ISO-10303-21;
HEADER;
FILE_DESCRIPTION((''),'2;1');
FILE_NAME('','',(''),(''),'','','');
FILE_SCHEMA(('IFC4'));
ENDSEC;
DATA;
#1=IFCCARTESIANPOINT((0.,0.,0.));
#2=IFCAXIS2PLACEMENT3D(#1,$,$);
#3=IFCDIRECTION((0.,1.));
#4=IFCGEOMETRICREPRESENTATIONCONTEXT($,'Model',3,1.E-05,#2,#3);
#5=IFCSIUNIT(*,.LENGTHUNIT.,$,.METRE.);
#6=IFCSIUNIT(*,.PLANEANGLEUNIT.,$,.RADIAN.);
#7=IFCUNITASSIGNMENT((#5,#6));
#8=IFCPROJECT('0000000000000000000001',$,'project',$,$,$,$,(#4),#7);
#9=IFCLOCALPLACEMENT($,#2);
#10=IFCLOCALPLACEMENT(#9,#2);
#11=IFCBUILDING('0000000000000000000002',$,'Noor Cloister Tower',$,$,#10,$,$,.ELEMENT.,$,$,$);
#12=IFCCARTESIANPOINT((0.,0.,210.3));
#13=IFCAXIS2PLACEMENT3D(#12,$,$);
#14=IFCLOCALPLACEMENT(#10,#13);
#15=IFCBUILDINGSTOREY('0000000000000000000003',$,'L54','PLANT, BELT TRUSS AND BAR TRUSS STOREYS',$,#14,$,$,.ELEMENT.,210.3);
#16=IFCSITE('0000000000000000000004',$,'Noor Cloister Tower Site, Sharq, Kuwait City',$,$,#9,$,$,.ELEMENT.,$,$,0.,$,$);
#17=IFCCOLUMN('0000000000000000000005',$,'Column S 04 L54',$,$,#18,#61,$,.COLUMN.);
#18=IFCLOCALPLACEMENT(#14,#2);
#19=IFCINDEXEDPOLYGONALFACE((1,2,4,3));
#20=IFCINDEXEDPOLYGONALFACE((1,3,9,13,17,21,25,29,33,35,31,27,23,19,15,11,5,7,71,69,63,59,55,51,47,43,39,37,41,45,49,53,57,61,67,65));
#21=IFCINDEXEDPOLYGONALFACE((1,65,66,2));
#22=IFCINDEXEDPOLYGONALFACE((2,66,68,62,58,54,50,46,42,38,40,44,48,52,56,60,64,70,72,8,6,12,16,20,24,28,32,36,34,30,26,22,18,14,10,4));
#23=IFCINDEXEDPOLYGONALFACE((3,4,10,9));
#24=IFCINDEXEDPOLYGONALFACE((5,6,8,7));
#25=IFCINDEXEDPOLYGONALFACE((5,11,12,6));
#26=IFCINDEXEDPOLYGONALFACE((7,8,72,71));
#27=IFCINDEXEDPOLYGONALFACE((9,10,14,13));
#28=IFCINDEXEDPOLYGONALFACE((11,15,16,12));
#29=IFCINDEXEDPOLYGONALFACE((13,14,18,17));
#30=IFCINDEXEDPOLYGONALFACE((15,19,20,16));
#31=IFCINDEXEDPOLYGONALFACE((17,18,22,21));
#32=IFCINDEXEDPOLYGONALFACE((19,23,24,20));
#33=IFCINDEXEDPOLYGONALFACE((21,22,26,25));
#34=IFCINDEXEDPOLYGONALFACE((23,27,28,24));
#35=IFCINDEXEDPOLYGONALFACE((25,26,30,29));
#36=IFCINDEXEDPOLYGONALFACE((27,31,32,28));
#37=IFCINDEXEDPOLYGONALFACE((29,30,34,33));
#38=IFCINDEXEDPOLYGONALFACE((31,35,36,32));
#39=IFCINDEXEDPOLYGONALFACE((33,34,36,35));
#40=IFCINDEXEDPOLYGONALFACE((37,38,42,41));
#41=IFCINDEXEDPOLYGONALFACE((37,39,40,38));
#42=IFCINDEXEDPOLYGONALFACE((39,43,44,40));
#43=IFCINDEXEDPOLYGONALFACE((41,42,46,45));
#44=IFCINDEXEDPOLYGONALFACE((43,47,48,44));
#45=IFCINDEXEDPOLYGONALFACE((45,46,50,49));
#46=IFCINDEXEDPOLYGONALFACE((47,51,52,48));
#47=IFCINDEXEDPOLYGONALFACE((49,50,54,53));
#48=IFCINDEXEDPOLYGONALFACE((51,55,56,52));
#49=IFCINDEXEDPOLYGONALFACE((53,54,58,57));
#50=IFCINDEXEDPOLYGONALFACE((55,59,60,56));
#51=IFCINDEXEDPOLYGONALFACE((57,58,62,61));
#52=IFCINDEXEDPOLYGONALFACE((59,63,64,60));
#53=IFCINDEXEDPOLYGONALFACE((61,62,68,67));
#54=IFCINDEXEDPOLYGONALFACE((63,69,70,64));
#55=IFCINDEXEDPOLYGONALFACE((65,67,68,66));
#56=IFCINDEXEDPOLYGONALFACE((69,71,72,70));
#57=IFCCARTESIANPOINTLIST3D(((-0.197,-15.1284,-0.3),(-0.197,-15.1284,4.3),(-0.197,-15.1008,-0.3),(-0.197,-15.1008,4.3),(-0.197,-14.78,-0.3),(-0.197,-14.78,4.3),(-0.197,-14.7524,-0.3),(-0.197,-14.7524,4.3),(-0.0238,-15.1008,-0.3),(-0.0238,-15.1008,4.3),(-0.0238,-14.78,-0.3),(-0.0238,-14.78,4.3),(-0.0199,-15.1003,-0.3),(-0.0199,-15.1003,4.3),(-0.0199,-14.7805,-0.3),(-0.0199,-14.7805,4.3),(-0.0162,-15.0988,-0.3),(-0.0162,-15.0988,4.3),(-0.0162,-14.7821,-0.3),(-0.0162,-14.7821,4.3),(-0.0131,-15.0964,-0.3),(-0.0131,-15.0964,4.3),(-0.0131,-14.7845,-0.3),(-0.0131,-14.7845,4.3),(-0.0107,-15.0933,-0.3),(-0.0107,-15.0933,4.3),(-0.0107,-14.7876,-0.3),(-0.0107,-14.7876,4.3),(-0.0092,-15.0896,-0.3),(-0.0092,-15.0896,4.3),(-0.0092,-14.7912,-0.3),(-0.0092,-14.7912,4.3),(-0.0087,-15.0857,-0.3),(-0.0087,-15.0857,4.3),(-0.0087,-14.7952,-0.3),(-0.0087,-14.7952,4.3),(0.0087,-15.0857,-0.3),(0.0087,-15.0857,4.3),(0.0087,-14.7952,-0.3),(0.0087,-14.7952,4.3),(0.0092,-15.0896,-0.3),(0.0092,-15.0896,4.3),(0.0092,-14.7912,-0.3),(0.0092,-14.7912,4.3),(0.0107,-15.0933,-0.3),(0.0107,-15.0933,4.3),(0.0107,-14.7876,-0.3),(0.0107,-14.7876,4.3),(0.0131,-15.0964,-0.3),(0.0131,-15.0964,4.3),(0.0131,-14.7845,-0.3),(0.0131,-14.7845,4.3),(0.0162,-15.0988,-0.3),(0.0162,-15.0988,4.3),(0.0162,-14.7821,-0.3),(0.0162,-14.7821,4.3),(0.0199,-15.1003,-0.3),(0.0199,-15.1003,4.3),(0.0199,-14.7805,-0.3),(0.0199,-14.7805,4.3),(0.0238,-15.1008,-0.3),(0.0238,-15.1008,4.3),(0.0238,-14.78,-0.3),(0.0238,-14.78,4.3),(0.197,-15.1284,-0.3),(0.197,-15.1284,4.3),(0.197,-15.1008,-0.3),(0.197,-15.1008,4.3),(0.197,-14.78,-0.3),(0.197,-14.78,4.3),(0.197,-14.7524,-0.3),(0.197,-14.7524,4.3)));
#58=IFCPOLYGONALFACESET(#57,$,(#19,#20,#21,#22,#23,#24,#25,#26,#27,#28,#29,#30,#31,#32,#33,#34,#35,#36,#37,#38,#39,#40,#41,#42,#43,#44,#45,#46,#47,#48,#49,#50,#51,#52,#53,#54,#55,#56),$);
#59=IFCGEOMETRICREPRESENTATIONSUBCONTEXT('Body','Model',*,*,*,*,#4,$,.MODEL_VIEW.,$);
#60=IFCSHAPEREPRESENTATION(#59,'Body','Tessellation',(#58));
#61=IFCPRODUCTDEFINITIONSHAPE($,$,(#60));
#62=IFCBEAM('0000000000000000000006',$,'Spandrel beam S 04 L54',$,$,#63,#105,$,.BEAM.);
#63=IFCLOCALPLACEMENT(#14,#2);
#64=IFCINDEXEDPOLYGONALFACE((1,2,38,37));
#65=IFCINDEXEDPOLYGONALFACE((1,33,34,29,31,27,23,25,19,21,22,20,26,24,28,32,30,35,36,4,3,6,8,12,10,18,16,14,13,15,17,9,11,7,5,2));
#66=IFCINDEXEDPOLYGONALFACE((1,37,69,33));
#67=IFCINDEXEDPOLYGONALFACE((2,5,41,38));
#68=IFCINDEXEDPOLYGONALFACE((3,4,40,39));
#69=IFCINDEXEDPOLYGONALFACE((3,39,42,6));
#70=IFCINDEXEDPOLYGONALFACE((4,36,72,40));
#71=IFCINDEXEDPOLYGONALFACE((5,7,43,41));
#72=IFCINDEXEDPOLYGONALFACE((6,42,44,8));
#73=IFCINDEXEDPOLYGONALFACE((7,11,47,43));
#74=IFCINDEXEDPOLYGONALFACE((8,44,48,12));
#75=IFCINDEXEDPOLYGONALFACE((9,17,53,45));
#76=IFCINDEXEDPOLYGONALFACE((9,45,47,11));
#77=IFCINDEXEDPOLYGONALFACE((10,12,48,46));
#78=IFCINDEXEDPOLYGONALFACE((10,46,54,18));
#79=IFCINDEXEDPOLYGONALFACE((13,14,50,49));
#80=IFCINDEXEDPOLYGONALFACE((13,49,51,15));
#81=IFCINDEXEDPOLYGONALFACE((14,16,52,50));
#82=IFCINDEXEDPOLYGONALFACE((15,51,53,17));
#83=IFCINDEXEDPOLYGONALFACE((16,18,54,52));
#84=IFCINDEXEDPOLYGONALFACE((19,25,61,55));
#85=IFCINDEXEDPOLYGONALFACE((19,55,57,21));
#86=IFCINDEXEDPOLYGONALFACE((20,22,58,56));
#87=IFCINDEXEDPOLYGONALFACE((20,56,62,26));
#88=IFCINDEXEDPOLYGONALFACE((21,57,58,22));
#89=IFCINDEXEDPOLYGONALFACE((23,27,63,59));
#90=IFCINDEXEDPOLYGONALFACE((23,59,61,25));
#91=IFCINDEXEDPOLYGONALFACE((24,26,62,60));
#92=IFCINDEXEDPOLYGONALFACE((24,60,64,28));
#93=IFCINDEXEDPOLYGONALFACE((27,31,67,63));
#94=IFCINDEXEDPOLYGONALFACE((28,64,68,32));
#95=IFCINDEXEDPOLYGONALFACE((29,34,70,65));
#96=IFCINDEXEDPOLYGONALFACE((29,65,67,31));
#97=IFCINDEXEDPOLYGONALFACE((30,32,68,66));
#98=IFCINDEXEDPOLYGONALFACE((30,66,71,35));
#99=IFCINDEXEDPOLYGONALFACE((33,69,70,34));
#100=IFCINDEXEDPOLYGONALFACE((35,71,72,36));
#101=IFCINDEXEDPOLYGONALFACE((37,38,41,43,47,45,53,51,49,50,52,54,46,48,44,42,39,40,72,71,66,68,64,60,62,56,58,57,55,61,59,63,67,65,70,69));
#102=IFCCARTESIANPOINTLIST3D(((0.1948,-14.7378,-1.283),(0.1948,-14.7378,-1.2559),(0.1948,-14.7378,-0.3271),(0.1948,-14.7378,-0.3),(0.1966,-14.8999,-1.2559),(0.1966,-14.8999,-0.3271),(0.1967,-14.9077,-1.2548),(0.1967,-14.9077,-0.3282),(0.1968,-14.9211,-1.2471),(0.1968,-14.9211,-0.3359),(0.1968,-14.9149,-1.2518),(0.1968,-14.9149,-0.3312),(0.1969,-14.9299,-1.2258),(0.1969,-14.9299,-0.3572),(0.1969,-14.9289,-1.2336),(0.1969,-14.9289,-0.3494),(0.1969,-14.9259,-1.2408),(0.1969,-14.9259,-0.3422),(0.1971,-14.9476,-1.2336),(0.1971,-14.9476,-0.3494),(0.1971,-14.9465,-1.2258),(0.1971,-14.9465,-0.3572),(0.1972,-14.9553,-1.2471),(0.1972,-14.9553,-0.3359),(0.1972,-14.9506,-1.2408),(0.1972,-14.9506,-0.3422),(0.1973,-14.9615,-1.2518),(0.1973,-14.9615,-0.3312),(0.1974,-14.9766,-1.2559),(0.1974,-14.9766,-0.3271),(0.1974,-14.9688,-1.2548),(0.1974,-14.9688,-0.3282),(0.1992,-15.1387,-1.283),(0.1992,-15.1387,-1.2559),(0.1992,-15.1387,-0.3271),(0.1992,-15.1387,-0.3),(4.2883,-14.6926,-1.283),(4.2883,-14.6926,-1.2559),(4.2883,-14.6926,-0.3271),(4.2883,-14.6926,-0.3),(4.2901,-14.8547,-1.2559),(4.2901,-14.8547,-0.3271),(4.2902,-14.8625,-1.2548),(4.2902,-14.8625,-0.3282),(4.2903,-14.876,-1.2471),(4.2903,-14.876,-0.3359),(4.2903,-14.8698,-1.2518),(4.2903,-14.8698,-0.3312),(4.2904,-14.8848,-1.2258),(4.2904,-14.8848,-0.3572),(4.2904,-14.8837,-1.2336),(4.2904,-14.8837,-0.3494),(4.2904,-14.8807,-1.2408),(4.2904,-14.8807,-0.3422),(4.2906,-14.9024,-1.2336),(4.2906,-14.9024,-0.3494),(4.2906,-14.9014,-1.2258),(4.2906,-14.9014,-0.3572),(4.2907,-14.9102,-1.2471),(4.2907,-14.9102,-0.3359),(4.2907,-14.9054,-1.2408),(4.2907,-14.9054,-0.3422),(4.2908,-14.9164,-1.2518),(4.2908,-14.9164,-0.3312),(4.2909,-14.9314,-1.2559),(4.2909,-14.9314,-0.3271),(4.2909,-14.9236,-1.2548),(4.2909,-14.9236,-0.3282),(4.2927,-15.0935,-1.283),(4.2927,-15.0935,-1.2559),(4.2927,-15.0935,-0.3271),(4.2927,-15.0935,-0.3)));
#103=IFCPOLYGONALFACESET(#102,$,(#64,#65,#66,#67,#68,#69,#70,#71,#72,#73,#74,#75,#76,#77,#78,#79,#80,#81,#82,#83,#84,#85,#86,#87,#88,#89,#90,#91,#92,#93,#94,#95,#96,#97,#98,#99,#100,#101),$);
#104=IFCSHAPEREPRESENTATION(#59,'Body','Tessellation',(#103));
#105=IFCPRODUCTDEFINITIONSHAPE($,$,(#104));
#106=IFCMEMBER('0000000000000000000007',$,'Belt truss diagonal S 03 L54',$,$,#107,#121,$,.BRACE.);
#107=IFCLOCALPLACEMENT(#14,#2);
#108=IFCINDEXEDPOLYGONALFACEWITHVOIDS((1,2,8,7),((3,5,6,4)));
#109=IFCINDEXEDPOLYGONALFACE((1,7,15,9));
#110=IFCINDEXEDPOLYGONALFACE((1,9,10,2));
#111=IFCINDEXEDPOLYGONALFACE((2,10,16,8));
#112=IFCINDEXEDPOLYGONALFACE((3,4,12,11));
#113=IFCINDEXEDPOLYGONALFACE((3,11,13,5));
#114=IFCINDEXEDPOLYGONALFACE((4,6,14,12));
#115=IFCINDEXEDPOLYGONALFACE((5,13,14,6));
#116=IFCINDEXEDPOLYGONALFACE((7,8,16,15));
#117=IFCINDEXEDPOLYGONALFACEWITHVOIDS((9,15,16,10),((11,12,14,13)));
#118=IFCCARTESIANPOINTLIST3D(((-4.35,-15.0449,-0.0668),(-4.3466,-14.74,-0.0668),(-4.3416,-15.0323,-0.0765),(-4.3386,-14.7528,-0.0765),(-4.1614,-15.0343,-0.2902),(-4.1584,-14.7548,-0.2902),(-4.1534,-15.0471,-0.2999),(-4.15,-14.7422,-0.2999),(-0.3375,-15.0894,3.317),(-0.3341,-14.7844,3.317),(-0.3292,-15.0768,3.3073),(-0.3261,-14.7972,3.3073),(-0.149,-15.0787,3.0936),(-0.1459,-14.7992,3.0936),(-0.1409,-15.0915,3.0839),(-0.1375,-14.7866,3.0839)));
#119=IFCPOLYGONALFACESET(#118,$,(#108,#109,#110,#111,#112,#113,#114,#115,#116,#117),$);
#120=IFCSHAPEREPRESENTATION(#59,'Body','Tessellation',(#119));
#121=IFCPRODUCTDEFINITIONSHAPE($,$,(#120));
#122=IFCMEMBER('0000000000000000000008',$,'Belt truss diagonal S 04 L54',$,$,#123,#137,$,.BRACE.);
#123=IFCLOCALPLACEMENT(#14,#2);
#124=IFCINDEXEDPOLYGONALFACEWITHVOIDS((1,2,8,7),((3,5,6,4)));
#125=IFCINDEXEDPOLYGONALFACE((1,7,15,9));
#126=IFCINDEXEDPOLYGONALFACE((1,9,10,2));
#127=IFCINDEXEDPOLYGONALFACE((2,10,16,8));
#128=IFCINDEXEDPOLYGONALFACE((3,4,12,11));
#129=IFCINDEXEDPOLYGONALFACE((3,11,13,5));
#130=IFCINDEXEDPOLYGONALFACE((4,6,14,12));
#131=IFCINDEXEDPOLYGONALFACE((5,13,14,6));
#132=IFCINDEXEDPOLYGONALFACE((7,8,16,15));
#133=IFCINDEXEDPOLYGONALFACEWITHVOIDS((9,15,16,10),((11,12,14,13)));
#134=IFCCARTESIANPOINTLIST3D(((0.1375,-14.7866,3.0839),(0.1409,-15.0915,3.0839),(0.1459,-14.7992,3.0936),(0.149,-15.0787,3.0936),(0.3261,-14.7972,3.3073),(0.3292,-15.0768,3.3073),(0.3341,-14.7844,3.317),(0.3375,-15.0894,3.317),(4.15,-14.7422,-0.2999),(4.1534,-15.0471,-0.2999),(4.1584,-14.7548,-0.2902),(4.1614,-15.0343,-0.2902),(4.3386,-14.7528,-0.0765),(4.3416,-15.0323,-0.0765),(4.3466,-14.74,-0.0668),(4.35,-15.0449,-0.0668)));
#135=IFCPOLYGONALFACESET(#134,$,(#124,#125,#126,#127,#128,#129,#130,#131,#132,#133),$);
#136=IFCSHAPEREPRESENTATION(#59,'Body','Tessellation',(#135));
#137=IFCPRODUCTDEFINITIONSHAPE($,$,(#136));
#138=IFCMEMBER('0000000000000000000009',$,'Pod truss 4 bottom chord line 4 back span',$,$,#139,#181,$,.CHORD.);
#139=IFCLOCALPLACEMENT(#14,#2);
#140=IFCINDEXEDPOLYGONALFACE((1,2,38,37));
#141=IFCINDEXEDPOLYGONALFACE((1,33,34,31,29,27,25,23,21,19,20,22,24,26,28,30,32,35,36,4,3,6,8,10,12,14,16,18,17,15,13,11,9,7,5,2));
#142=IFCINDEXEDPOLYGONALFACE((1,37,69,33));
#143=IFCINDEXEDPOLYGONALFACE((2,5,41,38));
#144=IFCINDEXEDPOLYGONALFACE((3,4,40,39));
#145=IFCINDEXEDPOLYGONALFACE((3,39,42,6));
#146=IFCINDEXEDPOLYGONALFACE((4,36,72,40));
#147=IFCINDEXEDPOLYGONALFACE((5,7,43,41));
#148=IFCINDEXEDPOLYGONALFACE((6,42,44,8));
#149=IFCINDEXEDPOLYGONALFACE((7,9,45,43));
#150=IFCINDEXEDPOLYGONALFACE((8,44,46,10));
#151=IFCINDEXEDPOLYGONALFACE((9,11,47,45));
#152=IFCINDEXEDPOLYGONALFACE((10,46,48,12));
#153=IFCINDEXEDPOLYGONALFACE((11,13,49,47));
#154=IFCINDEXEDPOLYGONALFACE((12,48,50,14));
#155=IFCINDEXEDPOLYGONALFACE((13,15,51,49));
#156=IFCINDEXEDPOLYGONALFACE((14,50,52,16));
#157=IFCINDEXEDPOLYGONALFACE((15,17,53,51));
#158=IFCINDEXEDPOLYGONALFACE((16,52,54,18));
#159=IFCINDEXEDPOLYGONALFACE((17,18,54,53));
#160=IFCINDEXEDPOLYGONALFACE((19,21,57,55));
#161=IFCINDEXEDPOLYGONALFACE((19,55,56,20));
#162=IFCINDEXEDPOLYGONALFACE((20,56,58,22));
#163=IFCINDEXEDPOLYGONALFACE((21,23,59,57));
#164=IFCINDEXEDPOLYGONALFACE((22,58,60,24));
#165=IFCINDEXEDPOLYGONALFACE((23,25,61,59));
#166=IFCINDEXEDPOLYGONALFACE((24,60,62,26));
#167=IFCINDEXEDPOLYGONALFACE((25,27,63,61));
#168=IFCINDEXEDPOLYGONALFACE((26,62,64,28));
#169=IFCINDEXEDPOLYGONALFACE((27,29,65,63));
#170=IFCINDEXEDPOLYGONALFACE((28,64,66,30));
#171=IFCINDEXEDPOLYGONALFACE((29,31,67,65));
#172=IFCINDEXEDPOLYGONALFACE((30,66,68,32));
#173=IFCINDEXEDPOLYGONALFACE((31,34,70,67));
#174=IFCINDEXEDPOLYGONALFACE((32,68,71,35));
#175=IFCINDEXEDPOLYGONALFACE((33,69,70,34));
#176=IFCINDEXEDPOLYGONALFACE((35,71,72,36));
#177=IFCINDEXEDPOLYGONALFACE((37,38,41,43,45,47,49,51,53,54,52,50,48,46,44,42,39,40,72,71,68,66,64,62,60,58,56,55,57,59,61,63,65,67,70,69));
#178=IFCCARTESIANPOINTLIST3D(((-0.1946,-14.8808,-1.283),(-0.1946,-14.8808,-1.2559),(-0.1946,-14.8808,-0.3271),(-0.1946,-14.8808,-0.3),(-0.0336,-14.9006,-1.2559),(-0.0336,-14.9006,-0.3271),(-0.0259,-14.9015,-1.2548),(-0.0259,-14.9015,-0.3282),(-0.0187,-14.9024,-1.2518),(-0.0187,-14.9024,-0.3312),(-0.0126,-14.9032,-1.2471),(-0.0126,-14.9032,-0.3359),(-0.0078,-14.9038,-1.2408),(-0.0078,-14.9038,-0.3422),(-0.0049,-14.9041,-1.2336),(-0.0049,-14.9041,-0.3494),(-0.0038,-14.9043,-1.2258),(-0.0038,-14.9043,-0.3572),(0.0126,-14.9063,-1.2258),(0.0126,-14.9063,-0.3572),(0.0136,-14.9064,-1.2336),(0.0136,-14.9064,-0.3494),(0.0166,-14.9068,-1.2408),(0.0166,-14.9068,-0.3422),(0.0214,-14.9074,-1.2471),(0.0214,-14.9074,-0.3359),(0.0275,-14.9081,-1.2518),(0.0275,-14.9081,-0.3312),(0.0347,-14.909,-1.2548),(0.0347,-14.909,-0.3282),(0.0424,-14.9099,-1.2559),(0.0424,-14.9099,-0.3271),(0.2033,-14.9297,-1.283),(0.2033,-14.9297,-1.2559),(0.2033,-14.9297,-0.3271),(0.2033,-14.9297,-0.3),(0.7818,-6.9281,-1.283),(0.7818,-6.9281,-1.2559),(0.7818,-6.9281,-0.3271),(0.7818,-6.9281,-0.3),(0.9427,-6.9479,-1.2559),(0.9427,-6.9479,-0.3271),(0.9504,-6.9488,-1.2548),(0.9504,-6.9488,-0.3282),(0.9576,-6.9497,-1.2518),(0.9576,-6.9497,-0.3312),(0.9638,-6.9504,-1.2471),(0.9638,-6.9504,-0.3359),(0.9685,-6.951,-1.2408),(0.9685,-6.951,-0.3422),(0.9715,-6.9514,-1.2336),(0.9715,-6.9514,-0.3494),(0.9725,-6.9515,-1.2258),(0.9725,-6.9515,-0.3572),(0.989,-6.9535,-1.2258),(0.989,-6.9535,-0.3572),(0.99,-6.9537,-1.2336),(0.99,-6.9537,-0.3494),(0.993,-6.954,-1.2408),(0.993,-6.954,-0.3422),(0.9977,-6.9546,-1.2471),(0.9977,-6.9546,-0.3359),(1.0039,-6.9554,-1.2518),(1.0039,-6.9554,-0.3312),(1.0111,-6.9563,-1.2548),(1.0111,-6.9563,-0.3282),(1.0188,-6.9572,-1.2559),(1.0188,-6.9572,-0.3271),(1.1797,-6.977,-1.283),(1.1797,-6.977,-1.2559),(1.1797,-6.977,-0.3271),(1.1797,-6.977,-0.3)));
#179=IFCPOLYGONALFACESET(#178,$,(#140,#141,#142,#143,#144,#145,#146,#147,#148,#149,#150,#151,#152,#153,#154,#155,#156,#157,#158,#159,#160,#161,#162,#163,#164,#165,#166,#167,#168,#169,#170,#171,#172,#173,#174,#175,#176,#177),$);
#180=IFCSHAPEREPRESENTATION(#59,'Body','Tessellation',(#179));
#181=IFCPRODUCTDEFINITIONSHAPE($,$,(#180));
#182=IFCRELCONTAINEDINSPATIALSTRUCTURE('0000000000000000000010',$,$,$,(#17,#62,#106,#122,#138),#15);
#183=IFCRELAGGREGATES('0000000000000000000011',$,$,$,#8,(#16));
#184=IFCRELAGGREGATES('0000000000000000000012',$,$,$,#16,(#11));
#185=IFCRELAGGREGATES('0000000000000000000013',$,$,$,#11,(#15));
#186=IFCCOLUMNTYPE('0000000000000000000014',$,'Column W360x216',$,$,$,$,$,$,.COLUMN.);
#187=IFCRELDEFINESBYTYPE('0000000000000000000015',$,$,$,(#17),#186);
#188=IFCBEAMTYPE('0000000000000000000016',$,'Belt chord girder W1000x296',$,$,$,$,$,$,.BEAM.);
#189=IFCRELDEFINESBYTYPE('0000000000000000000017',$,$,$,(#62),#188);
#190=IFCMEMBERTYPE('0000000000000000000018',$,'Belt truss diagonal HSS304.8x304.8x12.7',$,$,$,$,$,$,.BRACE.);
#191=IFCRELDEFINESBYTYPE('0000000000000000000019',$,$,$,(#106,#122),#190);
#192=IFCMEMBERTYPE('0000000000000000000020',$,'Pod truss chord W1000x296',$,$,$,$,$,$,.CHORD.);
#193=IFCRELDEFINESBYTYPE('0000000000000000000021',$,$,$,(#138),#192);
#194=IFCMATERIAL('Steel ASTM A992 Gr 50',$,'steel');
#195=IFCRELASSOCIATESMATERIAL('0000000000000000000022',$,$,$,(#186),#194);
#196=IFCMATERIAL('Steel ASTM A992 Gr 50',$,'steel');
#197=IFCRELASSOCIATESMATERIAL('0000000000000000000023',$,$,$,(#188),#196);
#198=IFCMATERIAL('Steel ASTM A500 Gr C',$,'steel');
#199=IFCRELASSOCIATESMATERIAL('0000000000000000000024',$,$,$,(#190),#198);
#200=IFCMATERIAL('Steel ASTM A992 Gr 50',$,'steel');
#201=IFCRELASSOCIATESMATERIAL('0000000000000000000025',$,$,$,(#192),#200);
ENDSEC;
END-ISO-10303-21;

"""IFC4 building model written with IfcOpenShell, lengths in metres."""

from ifc_helpers import new_model, si_unit, direction, frame, origin, origin_2d, place, context, subcontext, project, spatial, hollow_rectangle, i_section, extrude, material, material_profile, profile_set, type_object, element, save


model = new_model("IFC4")

# Units and contexts
model_context = context("Model", 3, precision=1e-05, world=origin(), true_north=direction((0.0, 1.0)))
body_context = subcontext(model_context, "Body", "Model", "MODEL_VIEW")
ifc_project = project(units=[si_unit("LENGTHUNIT", "METRE"), si_unit("PLANEANGLEUNIT", "RADIAN")], contexts=[model_context])

# Site, building, storey
site_placement = place(None, origin())
site = spatial("IfcSite", under=ifc_project, at=site_placement, Name="Noor Cloister Tower Site, Sharq, Kuwait City", CompositionType="ELEMENT", RefElevation=0.0)
building_placement = place(site_placement, origin())
building = spatial("IfcBuilding", under=site, at=building_placement, Name="Noor Cloister Tower", CompositionType="ELEMENT")
storey_placement = place(building_placement, frame((0.0, 0.0, 210.3)))
storey = spatial("IfcBuildingStorey", under=building, at=storey_placement, Name="L54", Description="PLANT, BELT TRUSS AND BAR TRUSS STOREYS", CompositionType="ELEMENT", Elevation=210.3)

# Column
ifc_material_1 = material(Name="Steel ASTM A992 Gr 50", Category="steel")
ifc_material_profile_1 = material_profile(ifc_material_1, i_section(OverallWidth=0.394, OverallDepth=0.376, WebThickness=0.0173, FlangeThickness=0.0276, FilletRadius=0.0151, at=origin_2d()), Name="W360x216")
ifc_profile_set_1 = profile_set([ifc_material_profile_1], Name="Steel ASTM A992 Gr 50")
column_type = type_object("IfcColumnType", Name="Column W360x216", PredefinedType="COLUMN", material=ifc_profile_set_1)
column_placement = place(storey_placement, frame((0.0, -14.9404, -0.3), z_axis=(0.0, 0.0, 1.0), x_axis=(1.0, 0.0, 0.0)))
element("IfcColumn", 1, at=column_placement, inside=storey, type_object=column_type, Name="Column S 04 L54", PredefinedType="COLUMN", context=body_context, shape_type="SweptSolid", body=[
    extrude(i_section(OverallWidth=0.394, OverallDepth=0.376, WebThickness=0.0173, FlangeThickness=0.0276, FilletRadius=0.0151, at=origin_2d()), origin(), (0.0, 0.0, 1.0), 4.6001),
])

# Beam
ifc_material_2 = material(Name="Steel ASTM A992 Gr 50", Category="steel")
ifc_material_profile_2 = material_profile(ifc_material_2, i_section(OverallWidth=0.4009, OverallDepth=0.9829, WebThickness=0.0166, FlangeThickness=0.0271, FilletRadius=0.03, at=origin_2d()), Name="W1000x296")
ifc_profile_set_2 = profile_set([ifc_material_profile_2], Name="Steel ASTM A992 Gr 50")
beam_type = type_object("IfcBeamType", Name="Belt chord girder W1000x296", PredefinedType="BEAM", material=ifc_profile_set_2)
beam_placement = place(storey_placement, frame((0.197, -14.9382, -0.7915), z_axis=(0.999939, 0.011033, 0.0), x_axis=(-0.011033, 0.999939, 0.0)))
element("IfcBeam", 2, at=beam_placement, inside=storey, type_object=beam_type, Name="Spandrel beam S 04 L54", PredefinedType="BEAM", context=body_context, shape_type="SweptSolid", body=[
    extrude(i_section(OverallWidth=0.4009, OverallDepth=0.9829, WebThickness=0.0166, FlangeThickness=0.0271, FilletRadius=0.03, at=origin_2d()), origin(), (0.0, 0.0, 1.0), 4.0938),
])

# Members
ifc_material_3 = material(Name="Steel ASTM A500 Gr C", Category="steel")
ifc_material_profile_3 = material_profile(ifc_material_3, hollow_rectangle(XDim=0.3049, YDim=0.3049, WallThickness=0.0127, at=origin_2d()), Name="HSS304.8x304.8x12.7")
ifc_profile_set_3 = profile_set([ifc_material_profile_3], Name="Steel ASTM A500 Gr C")
member_type_1 = type_object("IfcMemberType", Name="Belt truss diagonal HSS304.8x304.8x12.7", PredefinedType="BRACE", material=ifc_profile_set_3)
for number, where, z_axis, x_axis, name in (
    (3, (-4.25, -14.8936, -0.1833), (0.764425, -0.008465, 0.644657), (0.011073, 0.999939, 0.0), "Belt truss diagonal S 03 L54"),
    (4, (4.25, -14.8936, -0.1833), (-0.764425, -0.008465, 0.644657), (0.011073, -0.999939, 0.0), "Belt truss diagonal S 04 L54"),
):
    element("IfcMember", number, at=place(storey_placement, frame(where, z_axis=z_axis, x_axis=x_axis)), inside=storey, type_object=member_type_1, Name=name, PredefinedType="BRACE", context=body_context, shape_type="SweptSolid", body=[
        extrude(hollow_rectangle(XDim=0.3049, YDim=0.3049, WallThickness=0.0127, at=origin_2d()), origin(), (0.0, 0.0, 1.0), 5.249),
    ])
ifc_material_4 = material(Name="Steel ASTM A992 Gr 50", Category="steel")
ifc_material_profile_4 = material_profile(ifc_material_4, i_section(OverallWidth=0.4009, OverallDepth=0.9829, WebThickness=0.0166, FlangeThickness=0.0271, FilletRadius=0.03, at=origin_2d()), Name="W1000x296")
ifc_profile_set_4 = profile_set([ifc_material_profile_4], Name="Steel ASTM A992 Gr 50")
member_type_2 = type_object("IfcMemberType", Name="Pod truss chord W1000x296", PredefinedType="CHORD", material=ifc_profile_set_4)
member_1_placement = place(storey_placement, frame((0.0044, -14.9053, -0.7915), z_axis=(0.121852, 0.992548, 0.0), x_axis=(-0.992548, 0.121852, 0.0)))
element("IfcMember", 5, at=member_1_placement, inside=storey, type_object=member_type_2, Name="Pod truss 4 bottom chord line 4 back span", PredefinedType="CHORD", context=body_context, shape_type="SweptSolid", body=[
    extrude(i_section(OverallWidth=0.4009, OverallDepth=0.9829, WebThickness=0.0166, FlangeThickness=0.0271, FilletRadius=0.03, at=origin_2d()), origin(), (0.0, 0.0, 1.0), 8.0125),
])

save(model, "model.ifc")
